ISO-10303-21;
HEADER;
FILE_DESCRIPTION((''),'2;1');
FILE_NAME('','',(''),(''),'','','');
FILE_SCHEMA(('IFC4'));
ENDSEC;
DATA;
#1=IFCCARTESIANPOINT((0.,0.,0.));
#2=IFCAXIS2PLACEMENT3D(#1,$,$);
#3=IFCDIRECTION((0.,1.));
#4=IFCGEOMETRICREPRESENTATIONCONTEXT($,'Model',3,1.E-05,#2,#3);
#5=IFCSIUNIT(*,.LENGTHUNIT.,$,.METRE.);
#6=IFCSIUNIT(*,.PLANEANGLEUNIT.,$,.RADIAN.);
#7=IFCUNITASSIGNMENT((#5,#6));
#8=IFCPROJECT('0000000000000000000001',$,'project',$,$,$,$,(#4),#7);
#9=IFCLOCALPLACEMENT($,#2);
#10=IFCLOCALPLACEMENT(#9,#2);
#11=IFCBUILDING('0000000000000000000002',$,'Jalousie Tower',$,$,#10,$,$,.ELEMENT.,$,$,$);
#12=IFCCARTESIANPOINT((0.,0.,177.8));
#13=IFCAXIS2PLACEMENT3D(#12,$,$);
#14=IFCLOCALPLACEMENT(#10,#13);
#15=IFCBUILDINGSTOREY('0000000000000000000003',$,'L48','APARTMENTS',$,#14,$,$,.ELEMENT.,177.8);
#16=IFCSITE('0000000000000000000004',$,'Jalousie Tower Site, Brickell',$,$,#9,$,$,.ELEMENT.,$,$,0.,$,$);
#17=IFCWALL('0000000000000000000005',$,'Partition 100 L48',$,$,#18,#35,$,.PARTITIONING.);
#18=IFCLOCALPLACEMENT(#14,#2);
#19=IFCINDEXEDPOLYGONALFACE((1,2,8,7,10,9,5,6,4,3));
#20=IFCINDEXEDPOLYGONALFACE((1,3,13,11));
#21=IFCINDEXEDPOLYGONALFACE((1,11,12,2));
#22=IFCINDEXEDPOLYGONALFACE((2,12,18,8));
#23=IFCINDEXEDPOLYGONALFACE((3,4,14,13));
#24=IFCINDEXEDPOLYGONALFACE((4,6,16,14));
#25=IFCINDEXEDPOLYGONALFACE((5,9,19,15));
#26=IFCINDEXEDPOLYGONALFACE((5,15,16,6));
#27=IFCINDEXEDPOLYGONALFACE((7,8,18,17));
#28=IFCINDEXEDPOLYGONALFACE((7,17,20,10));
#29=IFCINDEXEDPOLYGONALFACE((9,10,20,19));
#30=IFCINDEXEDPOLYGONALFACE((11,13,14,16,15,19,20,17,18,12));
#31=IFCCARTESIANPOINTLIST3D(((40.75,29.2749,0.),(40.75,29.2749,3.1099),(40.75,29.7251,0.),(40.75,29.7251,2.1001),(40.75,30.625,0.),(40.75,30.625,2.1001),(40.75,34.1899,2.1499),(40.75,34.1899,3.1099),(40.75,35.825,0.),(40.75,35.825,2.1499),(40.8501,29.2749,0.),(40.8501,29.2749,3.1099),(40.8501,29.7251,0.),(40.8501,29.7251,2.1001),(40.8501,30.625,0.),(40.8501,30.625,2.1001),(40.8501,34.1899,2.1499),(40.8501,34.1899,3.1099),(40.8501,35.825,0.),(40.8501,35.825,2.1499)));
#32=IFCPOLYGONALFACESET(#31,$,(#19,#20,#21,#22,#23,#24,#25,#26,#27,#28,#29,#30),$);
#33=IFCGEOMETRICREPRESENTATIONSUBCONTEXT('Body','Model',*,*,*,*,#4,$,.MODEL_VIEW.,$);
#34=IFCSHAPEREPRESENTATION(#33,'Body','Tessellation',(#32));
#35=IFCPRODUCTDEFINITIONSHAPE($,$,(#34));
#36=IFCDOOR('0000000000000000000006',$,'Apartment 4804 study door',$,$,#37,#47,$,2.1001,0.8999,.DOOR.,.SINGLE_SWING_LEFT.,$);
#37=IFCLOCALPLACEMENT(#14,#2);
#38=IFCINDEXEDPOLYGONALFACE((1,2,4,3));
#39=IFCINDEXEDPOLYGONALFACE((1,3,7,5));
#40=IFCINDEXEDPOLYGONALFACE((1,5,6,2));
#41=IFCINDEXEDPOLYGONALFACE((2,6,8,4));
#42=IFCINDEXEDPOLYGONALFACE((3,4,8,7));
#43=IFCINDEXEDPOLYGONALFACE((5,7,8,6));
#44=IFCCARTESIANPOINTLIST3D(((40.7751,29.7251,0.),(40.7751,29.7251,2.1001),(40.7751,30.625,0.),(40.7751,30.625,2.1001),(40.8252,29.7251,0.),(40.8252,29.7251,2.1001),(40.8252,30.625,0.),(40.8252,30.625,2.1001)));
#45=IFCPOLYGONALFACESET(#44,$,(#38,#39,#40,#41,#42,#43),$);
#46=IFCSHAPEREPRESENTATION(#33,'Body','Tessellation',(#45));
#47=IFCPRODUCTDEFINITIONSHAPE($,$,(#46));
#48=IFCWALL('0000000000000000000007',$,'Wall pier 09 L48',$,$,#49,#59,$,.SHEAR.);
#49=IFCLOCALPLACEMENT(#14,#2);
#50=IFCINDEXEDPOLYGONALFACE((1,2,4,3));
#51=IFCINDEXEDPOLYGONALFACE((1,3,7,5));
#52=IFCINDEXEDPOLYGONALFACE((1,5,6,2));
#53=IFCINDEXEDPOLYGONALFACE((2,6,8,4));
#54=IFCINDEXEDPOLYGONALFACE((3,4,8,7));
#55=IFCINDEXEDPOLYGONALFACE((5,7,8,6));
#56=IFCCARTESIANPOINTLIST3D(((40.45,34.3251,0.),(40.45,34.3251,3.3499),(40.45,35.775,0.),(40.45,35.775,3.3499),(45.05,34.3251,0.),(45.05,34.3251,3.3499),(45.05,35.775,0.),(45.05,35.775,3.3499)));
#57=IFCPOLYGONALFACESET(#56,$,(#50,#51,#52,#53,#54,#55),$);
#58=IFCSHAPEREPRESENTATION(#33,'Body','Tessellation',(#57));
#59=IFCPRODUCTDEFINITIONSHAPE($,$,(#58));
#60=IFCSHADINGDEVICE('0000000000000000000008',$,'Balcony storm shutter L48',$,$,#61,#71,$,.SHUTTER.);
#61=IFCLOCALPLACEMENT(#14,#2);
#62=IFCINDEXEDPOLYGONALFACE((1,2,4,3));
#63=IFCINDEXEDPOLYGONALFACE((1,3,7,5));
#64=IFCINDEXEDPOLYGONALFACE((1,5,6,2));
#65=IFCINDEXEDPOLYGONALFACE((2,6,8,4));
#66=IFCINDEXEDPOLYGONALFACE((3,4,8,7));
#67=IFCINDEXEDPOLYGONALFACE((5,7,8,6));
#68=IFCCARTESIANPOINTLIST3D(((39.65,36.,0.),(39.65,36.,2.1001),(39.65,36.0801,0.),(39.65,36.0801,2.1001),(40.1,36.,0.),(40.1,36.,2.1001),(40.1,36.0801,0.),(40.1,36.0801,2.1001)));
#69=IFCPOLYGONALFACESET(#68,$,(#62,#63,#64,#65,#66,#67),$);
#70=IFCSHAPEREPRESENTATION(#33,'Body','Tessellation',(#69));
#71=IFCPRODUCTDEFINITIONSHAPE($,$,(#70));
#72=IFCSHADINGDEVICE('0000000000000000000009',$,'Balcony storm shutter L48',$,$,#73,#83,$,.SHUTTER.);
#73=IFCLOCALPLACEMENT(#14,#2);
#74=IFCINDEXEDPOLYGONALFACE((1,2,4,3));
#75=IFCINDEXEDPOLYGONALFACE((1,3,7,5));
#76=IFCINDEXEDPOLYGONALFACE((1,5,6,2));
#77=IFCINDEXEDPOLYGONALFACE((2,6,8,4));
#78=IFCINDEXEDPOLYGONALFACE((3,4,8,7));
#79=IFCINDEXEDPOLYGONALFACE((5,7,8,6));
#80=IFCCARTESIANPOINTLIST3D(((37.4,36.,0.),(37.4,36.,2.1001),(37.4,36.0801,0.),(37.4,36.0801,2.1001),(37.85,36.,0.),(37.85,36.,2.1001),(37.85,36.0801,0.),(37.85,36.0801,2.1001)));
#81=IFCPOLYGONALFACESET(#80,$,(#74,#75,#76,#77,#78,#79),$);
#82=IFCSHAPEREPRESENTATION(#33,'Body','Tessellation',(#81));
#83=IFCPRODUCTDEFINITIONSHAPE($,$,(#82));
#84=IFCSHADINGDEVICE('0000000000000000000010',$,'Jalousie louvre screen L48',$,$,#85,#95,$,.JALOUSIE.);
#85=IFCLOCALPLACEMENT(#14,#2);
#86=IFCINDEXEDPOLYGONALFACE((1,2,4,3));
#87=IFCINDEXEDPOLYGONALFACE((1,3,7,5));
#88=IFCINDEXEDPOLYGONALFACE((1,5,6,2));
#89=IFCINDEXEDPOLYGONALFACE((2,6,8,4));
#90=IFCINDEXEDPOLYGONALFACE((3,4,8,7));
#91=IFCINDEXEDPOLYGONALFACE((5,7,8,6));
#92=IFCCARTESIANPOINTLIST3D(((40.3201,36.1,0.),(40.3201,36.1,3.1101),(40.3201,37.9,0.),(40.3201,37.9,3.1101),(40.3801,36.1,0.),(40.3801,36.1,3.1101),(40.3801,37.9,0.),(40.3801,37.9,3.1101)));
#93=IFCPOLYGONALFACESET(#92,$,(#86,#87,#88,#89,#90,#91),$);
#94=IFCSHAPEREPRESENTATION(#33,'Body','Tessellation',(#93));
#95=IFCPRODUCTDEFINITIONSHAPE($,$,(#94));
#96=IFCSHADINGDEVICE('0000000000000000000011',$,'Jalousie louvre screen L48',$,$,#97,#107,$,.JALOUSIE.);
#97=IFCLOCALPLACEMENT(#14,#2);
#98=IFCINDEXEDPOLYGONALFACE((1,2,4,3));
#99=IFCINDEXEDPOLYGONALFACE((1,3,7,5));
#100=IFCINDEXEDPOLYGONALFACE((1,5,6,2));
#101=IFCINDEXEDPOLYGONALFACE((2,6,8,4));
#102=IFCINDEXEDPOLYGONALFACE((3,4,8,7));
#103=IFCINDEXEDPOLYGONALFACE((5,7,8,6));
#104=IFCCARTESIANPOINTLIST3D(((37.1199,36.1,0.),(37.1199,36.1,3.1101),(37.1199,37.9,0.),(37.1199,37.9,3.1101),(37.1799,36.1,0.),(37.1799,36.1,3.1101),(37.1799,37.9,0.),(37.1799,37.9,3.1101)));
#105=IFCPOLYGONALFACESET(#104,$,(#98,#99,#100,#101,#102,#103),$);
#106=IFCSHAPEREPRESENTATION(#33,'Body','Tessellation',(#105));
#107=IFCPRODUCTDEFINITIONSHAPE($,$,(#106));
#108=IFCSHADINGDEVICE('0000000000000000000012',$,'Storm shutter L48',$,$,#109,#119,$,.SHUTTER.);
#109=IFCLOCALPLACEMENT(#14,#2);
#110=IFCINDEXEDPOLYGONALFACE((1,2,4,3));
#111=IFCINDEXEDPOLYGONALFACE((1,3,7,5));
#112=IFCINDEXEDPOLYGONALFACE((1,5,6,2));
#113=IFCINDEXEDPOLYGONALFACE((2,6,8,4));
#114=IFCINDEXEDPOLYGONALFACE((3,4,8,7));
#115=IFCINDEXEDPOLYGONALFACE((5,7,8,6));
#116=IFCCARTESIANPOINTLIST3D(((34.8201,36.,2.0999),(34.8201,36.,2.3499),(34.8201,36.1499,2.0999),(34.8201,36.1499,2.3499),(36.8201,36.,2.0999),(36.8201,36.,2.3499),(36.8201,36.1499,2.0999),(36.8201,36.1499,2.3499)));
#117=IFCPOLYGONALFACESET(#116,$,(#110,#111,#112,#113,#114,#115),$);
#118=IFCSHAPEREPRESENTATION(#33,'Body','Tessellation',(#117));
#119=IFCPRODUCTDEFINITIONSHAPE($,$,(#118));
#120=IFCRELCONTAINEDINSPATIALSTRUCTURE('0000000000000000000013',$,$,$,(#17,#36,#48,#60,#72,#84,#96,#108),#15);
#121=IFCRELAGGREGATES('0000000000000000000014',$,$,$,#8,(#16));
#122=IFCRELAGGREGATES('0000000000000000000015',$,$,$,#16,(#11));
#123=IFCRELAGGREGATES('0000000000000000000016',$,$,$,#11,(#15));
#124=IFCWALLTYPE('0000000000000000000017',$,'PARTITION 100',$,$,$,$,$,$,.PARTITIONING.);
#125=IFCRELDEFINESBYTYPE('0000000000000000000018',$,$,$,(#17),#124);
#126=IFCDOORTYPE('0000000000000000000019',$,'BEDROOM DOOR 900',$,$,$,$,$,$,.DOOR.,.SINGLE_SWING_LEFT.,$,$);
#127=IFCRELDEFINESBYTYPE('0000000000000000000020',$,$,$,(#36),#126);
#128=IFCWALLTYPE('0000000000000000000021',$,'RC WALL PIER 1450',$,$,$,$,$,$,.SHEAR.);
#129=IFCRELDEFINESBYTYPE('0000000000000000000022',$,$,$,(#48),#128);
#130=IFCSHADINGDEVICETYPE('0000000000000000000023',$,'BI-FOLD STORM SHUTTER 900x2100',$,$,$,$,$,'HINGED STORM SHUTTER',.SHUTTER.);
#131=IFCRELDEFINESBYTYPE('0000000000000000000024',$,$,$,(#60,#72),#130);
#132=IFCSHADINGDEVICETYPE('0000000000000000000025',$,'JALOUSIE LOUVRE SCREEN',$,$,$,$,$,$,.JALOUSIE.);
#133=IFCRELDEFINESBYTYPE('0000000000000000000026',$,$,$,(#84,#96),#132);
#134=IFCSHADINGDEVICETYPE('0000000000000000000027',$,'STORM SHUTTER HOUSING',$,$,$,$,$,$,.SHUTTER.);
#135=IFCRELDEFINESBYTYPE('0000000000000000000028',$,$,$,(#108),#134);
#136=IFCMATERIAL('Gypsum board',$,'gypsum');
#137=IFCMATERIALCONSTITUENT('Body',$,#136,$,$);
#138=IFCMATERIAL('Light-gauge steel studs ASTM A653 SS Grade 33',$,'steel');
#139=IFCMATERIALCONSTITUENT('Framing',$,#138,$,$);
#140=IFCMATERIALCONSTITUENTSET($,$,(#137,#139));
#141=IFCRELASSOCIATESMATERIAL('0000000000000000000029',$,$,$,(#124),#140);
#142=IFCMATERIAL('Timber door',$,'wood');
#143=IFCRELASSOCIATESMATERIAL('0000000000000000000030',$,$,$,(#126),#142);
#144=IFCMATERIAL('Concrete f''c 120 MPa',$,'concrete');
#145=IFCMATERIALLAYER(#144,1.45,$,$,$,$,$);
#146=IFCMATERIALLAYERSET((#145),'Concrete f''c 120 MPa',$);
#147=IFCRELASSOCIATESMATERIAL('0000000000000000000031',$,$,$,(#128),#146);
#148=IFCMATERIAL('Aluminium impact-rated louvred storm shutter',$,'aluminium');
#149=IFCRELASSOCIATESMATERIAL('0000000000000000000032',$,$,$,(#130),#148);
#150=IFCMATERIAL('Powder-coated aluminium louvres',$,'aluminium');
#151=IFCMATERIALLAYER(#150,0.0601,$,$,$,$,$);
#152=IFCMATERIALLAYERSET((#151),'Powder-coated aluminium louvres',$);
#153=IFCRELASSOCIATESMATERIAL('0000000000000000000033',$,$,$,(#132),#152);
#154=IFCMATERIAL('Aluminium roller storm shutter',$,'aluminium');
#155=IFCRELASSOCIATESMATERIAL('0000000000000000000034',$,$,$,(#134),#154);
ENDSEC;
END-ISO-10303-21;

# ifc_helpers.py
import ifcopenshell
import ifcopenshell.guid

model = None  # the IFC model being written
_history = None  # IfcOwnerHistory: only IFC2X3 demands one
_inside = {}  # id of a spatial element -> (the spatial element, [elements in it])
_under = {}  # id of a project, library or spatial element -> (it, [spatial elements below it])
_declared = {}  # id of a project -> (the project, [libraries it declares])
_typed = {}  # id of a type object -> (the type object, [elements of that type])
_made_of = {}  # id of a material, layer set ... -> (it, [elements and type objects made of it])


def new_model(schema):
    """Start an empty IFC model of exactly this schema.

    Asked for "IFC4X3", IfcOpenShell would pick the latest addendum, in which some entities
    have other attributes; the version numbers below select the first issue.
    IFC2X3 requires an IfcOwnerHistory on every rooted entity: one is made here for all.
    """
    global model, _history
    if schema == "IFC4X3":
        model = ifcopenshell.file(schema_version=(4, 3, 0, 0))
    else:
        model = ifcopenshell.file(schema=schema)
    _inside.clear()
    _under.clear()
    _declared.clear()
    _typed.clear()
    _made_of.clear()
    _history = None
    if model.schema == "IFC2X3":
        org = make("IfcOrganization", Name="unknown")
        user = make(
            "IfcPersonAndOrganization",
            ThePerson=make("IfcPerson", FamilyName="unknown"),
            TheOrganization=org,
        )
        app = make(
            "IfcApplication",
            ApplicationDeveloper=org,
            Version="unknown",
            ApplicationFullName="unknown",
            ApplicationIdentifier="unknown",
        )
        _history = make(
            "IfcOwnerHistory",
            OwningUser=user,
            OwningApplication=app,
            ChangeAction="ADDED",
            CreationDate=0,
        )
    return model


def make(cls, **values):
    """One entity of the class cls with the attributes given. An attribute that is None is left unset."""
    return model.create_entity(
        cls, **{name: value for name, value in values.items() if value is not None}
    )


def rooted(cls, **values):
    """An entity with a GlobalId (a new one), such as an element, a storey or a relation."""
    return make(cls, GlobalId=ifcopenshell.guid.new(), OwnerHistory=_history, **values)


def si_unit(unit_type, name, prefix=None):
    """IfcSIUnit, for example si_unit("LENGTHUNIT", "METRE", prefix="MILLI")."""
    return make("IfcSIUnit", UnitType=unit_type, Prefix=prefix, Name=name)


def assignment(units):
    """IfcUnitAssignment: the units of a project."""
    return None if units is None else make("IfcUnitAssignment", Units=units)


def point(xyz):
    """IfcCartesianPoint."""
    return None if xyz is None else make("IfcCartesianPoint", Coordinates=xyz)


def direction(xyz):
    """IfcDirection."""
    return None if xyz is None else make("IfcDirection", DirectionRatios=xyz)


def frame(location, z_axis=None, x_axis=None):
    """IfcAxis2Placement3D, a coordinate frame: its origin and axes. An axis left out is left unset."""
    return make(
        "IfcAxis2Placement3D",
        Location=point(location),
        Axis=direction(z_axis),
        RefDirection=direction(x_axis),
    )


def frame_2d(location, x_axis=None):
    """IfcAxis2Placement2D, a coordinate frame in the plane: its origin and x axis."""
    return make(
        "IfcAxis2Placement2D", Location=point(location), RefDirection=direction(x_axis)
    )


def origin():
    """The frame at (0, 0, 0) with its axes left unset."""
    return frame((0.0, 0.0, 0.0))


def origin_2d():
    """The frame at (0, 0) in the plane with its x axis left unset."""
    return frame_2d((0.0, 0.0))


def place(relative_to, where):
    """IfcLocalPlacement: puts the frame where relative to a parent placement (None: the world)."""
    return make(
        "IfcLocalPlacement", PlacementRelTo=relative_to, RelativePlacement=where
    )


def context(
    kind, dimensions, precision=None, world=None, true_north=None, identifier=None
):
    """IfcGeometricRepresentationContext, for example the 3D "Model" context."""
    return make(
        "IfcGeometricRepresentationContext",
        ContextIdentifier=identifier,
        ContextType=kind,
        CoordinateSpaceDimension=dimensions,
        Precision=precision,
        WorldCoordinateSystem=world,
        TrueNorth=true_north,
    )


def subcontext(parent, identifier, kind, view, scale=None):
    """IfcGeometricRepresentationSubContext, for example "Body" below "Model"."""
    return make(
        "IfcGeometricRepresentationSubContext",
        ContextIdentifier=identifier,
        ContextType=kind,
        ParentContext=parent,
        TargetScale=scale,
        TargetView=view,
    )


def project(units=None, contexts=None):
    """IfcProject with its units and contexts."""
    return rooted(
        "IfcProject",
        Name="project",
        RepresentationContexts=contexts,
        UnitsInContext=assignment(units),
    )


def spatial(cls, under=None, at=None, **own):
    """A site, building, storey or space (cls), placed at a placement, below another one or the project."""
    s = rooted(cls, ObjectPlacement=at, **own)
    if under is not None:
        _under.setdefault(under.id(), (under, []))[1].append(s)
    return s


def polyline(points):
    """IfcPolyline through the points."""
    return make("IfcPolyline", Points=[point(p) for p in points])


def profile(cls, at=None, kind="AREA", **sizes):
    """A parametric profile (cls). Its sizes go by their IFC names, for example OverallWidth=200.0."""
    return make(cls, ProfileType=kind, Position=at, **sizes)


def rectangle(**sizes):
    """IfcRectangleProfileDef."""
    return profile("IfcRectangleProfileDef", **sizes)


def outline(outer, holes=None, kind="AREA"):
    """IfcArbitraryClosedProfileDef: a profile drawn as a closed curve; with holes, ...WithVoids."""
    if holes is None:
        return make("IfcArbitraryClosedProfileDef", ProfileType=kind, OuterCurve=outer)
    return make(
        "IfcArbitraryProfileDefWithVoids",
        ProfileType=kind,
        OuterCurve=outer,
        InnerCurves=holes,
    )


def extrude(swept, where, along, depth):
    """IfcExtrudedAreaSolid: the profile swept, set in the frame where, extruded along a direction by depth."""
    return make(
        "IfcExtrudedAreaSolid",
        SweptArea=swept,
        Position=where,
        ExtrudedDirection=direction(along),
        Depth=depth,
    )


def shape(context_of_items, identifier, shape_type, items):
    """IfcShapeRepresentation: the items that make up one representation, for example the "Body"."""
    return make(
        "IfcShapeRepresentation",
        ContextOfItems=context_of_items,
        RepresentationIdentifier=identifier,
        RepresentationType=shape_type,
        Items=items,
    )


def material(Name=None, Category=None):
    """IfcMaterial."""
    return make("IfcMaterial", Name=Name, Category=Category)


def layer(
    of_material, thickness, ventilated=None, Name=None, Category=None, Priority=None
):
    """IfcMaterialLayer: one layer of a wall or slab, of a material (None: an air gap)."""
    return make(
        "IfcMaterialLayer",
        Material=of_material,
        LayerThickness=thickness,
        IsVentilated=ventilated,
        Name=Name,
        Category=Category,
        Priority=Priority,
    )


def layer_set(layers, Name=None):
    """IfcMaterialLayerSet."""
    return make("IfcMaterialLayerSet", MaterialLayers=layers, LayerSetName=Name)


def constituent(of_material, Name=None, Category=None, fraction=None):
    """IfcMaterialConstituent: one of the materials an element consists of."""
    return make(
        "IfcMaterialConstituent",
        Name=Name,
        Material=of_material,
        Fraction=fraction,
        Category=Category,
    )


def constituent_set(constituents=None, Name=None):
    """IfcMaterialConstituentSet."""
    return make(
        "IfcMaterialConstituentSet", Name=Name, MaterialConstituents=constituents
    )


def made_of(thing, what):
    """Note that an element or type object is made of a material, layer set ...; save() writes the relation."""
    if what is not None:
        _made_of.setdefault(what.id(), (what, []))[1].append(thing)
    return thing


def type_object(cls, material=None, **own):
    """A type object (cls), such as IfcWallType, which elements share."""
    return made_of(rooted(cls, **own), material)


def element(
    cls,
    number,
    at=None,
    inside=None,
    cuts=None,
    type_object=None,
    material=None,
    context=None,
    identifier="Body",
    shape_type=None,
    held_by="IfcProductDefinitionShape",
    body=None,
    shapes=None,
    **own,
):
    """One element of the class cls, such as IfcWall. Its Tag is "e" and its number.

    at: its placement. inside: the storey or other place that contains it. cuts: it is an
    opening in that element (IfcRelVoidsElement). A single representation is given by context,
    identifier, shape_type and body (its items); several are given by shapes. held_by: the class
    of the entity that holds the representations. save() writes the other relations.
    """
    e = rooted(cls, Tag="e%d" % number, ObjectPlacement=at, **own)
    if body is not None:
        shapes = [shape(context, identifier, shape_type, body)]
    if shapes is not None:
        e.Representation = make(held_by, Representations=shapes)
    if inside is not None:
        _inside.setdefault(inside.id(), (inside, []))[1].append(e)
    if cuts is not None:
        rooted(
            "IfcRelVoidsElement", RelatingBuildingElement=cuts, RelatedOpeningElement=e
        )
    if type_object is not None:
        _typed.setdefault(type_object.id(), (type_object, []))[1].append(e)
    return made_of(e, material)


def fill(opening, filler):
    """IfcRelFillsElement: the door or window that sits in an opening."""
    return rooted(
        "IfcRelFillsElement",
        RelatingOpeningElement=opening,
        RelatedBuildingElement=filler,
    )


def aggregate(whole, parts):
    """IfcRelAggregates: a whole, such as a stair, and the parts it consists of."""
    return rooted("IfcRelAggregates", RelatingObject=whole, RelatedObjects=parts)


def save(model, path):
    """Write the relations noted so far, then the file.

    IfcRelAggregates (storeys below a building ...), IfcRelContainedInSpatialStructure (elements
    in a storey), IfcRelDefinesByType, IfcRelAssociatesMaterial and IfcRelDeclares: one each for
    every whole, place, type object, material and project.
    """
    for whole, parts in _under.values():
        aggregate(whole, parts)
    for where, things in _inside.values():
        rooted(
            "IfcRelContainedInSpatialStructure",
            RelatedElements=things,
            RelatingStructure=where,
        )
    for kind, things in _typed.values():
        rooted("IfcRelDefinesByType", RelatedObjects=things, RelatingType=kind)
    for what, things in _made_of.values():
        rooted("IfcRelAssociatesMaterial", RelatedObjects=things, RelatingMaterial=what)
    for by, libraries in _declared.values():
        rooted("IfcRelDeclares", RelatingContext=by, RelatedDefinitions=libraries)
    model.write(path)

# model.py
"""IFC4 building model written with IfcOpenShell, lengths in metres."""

from ifc_helpers import new_model, si_unit, direction, frame, frame_2d, origin, origin_2d, place, context, subcontext, project, spatial, polyline, rectangle, outline, extrude, material, layer, layer_set, constituent, constituent_set, type_object, element, fill, save


model = new_model("IFC4")

# Units and contexts
model_context = context("Model", 3, precision=1e-05, world=origin(), true_north=direction((0.0, 1.0)))
body_context = subcontext(model_context, "Body", "Model", "MODEL_VIEW")
ifc_project = project(units=[si_unit("LENGTHUNIT", "METRE"), si_unit("PLANEANGLEUNIT", "RADIAN")], contexts=[model_context])

# Site, building, storey
site_placement = place(None, origin())
site = spatial("IfcSite", under=ifc_project, at=site_placement, Name="Jalousie Tower Site, Brickell", CompositionType="ELEMENT", RefElevation=0.0)
building_placement = place(site_placement, origin())
building = spatial("IfcBuilding", under=site, at=building_placement, Name="Jalousie Tower", CompositionType="ELEMENT")
storey_placement = place(building_placement, frame((0.0, 0.0, 177.8)))
storey = spatial("IfcBuildingStorey", under=building, at=storey_placement, Name="L48", Description="APARTMENTS", CompositionType="ELEMENT", Elevation=177.8)

# Shared definitions
ifc_material_1 = material(Name="Gypsum board", Category="gypsum")
ifc_constituent_1 = constituent(ifc_material_1, Name="Body")
ifc_material_2 = material(Name="Light-gauge steel studs ASTM A653 SS Grade 33", Category="steel")
ifc_constituent_2 = constituent(ifc_material_2, Name="Framing")
ifc_constituent_set = constituent_set(constituents=[ifc_constituent_1, ifc_constituent_2])
wall_type_1 = type_object("IfcWallType", Name="PARTITION 100", PredefinedType="PARTITIONING", material=ifc_constituent_set)
ifc_material_3 = material(Name="Timber door", Category="wood")
door_type_1 = type_object("IfcDoorType", Name="BEDROOM DOOR 900", OperationType="SINGLE_SWING_LEFT", PredefinedType="DOOR", material=ifc_material_3)

# Wall, opening, door
wall_1_placement = place(storey_placement, frame((40.8, 35.825, 0.0), z_axis=(0.0, 0.0, 1.0), x_axis=(0.0, -1.0, 0.0)))
wall_1 = element("IfcWall", 1, at=wall_1_placement, inside=storey, type_object=wall_type_1, Name="Partition 100 L48", PredefinedType="PARTITIONING", context=body_context, shape_type="SweptSolid", body=[
    extrude(outline(polyline([(0.0, 0.0), (6.55, 0.0), (6.55, 3.1099), (1.635, 3.1099), (1.635, 2.1499), (0.0, 2.1499), (0.0, 3.1099), (0.0, 0.0)])), frame((0.0, 0.05, 0.0), z_axis=(0.0, -1.0, 0.0), x_axis=(1.0, 0.0, 0.0)), (0.0, 0.0, 1.0), 0.1001),
])
opening_1_placement = place(wall_1_placement, frame((5.2, 0.0, 0.0)))
opening_1 = element("IfcOpeningElement", 2, at=opening_1_placement, cuts=wall_1, PredefinedType="OPENING", context=body_context, shape_type="SweptSolid", body=[
    extrude(rectangle(XDim=0.8999, YDim=2.1001, at=frame_2d((0.45, 1.05))), frame((0.0, 0.0601, 0.0), z_axis=(0.0, -1.0, 0.0), x_axis=(1.0, 0.0, 0.0)), (0.0, 0.0, 1.0), 0.1201),
])
door_1_placement = place(opening_1_placement, frame((0.8999, 0.0, 0.0), z_axis=(0.0, 0.0, 1.0), x_axis=(-1.0, 0.0, 0.0)))
door_1 = element("IfcDoor", 3, at=door_1_placement, inside=storey, type_object=door_type_1, Name="Apartment 4804 study door", OperationType="SINGLE_SWING_LEFT", OverallHeight=2.1001, OverallWidth=0.8999, PredefinedType="DOOR", context=body_context, shape_type="SweptSolid", body=[
    extrude(rectangle(XDim=0.8999, YDim=2.1001, at=frame_2d((0.45, 1.05))), frame((0.0, 0.0249, 0.0), z_axis=(0.0, -1.0, 0.0), x_axis=(1.0, 0.0, 0.0)), (0.0, 0.0, 1.0), 0.05),
])
fill(opening_1, door_1)

# Wall
ifc_material_4 = material(Name="Concrete f'c 120 MPa", Category="concrete")
ifc_layer_1 = layer(ifc_material_4, 1.45)
ifc_layer_set_1 = layer_set([ifc_layer_1], Name="Concrete f'c 120 MPa")
wall_type_2 = type_object("IfcWallType", Name="RC WALL PIER 1450", PredefinedType="SHEAR", material=ifc_layer_set_1)
wall_2_placement = place(storey_placement, frame((40.45, 35.05, 0.0), z_axis=(0.0, 0.0, 1.0), x_axis=(1.0, 0.0, 0.0)))
element("IfcWall", 4, at=wall_2_placement, inside=storey, type_object=wall_type_2, Name="Wall pier 09 L48", PredefinedType="SHEAR", context=body_context, shape_type="SweptSolid", body=[
    extrude(rectangle(XDim=4.6001, YDim=1.45, at=frame_2d((2.3, 0.0))), origin(), (0.0, 0.0, 1.0), 3.3499),
])

# Shading devices
ifc_material_5 = material(Name="Aluminium impact-rated louvred storm shutter", Category="aluminium")
shading_device_type_1 = type_object("IfcShadingDeviceType", Name="BI-FOLD STORM SHUTTER 900x2100", ElementType="HINGED STORM SHUTTER", PredefinedType="SHUTTER", material=ifc_material_5)
for number, where, z_axis, x_axis, name in (
    (5, (39.875, 36.04, 0.0), (0.0, 0.0, 1.0), (-1.0, 0.0, 0.0), "Balcony storm shutter L48"),
    (6, (37.625, 36.04, 0.0), (0.0, 0.0, 1.0), (-1.0, 0.0, 0.0), "Balcony storm shutter L48"),
):
    element("IfcShadingDevice", number, at=place(storey_placement, frame(where, z_axis=z_axis, x_axis=x_axis)), inside=storey, type_object=shading_device_type_1, Name=name, PredefinedType="SHUTTER", context=body_context, shape_type="SweptSolid", body=[
        extrude(rectangle(XDim=0.45, YDim=0.0801, at=origin_2d()), origin(), (0.0, 0.0, 1.0), 2.1001),
    ])

# Shading devices
ifc_material_6 = material(Name="Powder-coated aluminium louvres", Category="aluminium")
ifc_layer_2 = layer(ifc_material_6, 0.0601)
ifc_layer_set_2 = layer_set([ifc_layer_2], Name="Powder-coated aluminium louvres")
shading_device_type_2 = type_object("IfcShadingDeviceType", Name="JALOUSIE LOUVRE SCREEN", PredefinedType="JALOUSIE", material=ifc_layer_set_2)
for number, where, z_axis, x_axis, name in (
    (7, (40.3501, 37.0, 0.0), (0.0, 0.0, 1.0), (-1.0, 0.0, 0.0), "Jalousie louvre screen L48"),
    (8, (37.1499, 37.0, 0.0), (0.0, 0.0, 1.0), (-1.0, 0.0, 0.0), "Jalousie louvre screen L48"),
):
    element("IfcShadingDevice", number, at=place(storey_placement, frame(where, z_axis=z_axis, x_axis=x_axis)), inside=storey, type_object=shading_device_type_2, Name=name, PredefinedType="JALOUSIE", context=body_context, shape_type="SweptSolid", body=[
        extrude(rectangle(XDim=0.0601, YDim=1.8, at=origin_2d()), origin(), (0.0, 0.0, 1.0), 3.1101),
    ])
ifc_material_7 = material(Name="Aluminium roller storm shutter", Category="aluminium")
shading_device_type_3 = type_object("IfcShadingDeviceType", Name="STORM SHUTTER HOUSING", PredefinedType="SHUTTER", material=ifc_material_7)
shading_device_placement = place(storey_placement, frame((35.8201, 36.075, 2.0999), z_axis=(0.0, 0.0, 1.0), x_axis=(-1.0, 0.0, 0.0)))
element("IfcShadingDevice", 9, at=shading_device_placement, inside=storey, type_object=shading_device_type_3, Name="Storm shutter L48", PredefinedType="SHUTTER", context=body_context, shape_type="SweptSolid", body=[
    extrude(rectangle(XDim=2.0, YDim=0.1499, at=origin_2d()), origin(), (0.0, 0.0, 1.0), 0.25),
])

save(model, "model.ifc")
